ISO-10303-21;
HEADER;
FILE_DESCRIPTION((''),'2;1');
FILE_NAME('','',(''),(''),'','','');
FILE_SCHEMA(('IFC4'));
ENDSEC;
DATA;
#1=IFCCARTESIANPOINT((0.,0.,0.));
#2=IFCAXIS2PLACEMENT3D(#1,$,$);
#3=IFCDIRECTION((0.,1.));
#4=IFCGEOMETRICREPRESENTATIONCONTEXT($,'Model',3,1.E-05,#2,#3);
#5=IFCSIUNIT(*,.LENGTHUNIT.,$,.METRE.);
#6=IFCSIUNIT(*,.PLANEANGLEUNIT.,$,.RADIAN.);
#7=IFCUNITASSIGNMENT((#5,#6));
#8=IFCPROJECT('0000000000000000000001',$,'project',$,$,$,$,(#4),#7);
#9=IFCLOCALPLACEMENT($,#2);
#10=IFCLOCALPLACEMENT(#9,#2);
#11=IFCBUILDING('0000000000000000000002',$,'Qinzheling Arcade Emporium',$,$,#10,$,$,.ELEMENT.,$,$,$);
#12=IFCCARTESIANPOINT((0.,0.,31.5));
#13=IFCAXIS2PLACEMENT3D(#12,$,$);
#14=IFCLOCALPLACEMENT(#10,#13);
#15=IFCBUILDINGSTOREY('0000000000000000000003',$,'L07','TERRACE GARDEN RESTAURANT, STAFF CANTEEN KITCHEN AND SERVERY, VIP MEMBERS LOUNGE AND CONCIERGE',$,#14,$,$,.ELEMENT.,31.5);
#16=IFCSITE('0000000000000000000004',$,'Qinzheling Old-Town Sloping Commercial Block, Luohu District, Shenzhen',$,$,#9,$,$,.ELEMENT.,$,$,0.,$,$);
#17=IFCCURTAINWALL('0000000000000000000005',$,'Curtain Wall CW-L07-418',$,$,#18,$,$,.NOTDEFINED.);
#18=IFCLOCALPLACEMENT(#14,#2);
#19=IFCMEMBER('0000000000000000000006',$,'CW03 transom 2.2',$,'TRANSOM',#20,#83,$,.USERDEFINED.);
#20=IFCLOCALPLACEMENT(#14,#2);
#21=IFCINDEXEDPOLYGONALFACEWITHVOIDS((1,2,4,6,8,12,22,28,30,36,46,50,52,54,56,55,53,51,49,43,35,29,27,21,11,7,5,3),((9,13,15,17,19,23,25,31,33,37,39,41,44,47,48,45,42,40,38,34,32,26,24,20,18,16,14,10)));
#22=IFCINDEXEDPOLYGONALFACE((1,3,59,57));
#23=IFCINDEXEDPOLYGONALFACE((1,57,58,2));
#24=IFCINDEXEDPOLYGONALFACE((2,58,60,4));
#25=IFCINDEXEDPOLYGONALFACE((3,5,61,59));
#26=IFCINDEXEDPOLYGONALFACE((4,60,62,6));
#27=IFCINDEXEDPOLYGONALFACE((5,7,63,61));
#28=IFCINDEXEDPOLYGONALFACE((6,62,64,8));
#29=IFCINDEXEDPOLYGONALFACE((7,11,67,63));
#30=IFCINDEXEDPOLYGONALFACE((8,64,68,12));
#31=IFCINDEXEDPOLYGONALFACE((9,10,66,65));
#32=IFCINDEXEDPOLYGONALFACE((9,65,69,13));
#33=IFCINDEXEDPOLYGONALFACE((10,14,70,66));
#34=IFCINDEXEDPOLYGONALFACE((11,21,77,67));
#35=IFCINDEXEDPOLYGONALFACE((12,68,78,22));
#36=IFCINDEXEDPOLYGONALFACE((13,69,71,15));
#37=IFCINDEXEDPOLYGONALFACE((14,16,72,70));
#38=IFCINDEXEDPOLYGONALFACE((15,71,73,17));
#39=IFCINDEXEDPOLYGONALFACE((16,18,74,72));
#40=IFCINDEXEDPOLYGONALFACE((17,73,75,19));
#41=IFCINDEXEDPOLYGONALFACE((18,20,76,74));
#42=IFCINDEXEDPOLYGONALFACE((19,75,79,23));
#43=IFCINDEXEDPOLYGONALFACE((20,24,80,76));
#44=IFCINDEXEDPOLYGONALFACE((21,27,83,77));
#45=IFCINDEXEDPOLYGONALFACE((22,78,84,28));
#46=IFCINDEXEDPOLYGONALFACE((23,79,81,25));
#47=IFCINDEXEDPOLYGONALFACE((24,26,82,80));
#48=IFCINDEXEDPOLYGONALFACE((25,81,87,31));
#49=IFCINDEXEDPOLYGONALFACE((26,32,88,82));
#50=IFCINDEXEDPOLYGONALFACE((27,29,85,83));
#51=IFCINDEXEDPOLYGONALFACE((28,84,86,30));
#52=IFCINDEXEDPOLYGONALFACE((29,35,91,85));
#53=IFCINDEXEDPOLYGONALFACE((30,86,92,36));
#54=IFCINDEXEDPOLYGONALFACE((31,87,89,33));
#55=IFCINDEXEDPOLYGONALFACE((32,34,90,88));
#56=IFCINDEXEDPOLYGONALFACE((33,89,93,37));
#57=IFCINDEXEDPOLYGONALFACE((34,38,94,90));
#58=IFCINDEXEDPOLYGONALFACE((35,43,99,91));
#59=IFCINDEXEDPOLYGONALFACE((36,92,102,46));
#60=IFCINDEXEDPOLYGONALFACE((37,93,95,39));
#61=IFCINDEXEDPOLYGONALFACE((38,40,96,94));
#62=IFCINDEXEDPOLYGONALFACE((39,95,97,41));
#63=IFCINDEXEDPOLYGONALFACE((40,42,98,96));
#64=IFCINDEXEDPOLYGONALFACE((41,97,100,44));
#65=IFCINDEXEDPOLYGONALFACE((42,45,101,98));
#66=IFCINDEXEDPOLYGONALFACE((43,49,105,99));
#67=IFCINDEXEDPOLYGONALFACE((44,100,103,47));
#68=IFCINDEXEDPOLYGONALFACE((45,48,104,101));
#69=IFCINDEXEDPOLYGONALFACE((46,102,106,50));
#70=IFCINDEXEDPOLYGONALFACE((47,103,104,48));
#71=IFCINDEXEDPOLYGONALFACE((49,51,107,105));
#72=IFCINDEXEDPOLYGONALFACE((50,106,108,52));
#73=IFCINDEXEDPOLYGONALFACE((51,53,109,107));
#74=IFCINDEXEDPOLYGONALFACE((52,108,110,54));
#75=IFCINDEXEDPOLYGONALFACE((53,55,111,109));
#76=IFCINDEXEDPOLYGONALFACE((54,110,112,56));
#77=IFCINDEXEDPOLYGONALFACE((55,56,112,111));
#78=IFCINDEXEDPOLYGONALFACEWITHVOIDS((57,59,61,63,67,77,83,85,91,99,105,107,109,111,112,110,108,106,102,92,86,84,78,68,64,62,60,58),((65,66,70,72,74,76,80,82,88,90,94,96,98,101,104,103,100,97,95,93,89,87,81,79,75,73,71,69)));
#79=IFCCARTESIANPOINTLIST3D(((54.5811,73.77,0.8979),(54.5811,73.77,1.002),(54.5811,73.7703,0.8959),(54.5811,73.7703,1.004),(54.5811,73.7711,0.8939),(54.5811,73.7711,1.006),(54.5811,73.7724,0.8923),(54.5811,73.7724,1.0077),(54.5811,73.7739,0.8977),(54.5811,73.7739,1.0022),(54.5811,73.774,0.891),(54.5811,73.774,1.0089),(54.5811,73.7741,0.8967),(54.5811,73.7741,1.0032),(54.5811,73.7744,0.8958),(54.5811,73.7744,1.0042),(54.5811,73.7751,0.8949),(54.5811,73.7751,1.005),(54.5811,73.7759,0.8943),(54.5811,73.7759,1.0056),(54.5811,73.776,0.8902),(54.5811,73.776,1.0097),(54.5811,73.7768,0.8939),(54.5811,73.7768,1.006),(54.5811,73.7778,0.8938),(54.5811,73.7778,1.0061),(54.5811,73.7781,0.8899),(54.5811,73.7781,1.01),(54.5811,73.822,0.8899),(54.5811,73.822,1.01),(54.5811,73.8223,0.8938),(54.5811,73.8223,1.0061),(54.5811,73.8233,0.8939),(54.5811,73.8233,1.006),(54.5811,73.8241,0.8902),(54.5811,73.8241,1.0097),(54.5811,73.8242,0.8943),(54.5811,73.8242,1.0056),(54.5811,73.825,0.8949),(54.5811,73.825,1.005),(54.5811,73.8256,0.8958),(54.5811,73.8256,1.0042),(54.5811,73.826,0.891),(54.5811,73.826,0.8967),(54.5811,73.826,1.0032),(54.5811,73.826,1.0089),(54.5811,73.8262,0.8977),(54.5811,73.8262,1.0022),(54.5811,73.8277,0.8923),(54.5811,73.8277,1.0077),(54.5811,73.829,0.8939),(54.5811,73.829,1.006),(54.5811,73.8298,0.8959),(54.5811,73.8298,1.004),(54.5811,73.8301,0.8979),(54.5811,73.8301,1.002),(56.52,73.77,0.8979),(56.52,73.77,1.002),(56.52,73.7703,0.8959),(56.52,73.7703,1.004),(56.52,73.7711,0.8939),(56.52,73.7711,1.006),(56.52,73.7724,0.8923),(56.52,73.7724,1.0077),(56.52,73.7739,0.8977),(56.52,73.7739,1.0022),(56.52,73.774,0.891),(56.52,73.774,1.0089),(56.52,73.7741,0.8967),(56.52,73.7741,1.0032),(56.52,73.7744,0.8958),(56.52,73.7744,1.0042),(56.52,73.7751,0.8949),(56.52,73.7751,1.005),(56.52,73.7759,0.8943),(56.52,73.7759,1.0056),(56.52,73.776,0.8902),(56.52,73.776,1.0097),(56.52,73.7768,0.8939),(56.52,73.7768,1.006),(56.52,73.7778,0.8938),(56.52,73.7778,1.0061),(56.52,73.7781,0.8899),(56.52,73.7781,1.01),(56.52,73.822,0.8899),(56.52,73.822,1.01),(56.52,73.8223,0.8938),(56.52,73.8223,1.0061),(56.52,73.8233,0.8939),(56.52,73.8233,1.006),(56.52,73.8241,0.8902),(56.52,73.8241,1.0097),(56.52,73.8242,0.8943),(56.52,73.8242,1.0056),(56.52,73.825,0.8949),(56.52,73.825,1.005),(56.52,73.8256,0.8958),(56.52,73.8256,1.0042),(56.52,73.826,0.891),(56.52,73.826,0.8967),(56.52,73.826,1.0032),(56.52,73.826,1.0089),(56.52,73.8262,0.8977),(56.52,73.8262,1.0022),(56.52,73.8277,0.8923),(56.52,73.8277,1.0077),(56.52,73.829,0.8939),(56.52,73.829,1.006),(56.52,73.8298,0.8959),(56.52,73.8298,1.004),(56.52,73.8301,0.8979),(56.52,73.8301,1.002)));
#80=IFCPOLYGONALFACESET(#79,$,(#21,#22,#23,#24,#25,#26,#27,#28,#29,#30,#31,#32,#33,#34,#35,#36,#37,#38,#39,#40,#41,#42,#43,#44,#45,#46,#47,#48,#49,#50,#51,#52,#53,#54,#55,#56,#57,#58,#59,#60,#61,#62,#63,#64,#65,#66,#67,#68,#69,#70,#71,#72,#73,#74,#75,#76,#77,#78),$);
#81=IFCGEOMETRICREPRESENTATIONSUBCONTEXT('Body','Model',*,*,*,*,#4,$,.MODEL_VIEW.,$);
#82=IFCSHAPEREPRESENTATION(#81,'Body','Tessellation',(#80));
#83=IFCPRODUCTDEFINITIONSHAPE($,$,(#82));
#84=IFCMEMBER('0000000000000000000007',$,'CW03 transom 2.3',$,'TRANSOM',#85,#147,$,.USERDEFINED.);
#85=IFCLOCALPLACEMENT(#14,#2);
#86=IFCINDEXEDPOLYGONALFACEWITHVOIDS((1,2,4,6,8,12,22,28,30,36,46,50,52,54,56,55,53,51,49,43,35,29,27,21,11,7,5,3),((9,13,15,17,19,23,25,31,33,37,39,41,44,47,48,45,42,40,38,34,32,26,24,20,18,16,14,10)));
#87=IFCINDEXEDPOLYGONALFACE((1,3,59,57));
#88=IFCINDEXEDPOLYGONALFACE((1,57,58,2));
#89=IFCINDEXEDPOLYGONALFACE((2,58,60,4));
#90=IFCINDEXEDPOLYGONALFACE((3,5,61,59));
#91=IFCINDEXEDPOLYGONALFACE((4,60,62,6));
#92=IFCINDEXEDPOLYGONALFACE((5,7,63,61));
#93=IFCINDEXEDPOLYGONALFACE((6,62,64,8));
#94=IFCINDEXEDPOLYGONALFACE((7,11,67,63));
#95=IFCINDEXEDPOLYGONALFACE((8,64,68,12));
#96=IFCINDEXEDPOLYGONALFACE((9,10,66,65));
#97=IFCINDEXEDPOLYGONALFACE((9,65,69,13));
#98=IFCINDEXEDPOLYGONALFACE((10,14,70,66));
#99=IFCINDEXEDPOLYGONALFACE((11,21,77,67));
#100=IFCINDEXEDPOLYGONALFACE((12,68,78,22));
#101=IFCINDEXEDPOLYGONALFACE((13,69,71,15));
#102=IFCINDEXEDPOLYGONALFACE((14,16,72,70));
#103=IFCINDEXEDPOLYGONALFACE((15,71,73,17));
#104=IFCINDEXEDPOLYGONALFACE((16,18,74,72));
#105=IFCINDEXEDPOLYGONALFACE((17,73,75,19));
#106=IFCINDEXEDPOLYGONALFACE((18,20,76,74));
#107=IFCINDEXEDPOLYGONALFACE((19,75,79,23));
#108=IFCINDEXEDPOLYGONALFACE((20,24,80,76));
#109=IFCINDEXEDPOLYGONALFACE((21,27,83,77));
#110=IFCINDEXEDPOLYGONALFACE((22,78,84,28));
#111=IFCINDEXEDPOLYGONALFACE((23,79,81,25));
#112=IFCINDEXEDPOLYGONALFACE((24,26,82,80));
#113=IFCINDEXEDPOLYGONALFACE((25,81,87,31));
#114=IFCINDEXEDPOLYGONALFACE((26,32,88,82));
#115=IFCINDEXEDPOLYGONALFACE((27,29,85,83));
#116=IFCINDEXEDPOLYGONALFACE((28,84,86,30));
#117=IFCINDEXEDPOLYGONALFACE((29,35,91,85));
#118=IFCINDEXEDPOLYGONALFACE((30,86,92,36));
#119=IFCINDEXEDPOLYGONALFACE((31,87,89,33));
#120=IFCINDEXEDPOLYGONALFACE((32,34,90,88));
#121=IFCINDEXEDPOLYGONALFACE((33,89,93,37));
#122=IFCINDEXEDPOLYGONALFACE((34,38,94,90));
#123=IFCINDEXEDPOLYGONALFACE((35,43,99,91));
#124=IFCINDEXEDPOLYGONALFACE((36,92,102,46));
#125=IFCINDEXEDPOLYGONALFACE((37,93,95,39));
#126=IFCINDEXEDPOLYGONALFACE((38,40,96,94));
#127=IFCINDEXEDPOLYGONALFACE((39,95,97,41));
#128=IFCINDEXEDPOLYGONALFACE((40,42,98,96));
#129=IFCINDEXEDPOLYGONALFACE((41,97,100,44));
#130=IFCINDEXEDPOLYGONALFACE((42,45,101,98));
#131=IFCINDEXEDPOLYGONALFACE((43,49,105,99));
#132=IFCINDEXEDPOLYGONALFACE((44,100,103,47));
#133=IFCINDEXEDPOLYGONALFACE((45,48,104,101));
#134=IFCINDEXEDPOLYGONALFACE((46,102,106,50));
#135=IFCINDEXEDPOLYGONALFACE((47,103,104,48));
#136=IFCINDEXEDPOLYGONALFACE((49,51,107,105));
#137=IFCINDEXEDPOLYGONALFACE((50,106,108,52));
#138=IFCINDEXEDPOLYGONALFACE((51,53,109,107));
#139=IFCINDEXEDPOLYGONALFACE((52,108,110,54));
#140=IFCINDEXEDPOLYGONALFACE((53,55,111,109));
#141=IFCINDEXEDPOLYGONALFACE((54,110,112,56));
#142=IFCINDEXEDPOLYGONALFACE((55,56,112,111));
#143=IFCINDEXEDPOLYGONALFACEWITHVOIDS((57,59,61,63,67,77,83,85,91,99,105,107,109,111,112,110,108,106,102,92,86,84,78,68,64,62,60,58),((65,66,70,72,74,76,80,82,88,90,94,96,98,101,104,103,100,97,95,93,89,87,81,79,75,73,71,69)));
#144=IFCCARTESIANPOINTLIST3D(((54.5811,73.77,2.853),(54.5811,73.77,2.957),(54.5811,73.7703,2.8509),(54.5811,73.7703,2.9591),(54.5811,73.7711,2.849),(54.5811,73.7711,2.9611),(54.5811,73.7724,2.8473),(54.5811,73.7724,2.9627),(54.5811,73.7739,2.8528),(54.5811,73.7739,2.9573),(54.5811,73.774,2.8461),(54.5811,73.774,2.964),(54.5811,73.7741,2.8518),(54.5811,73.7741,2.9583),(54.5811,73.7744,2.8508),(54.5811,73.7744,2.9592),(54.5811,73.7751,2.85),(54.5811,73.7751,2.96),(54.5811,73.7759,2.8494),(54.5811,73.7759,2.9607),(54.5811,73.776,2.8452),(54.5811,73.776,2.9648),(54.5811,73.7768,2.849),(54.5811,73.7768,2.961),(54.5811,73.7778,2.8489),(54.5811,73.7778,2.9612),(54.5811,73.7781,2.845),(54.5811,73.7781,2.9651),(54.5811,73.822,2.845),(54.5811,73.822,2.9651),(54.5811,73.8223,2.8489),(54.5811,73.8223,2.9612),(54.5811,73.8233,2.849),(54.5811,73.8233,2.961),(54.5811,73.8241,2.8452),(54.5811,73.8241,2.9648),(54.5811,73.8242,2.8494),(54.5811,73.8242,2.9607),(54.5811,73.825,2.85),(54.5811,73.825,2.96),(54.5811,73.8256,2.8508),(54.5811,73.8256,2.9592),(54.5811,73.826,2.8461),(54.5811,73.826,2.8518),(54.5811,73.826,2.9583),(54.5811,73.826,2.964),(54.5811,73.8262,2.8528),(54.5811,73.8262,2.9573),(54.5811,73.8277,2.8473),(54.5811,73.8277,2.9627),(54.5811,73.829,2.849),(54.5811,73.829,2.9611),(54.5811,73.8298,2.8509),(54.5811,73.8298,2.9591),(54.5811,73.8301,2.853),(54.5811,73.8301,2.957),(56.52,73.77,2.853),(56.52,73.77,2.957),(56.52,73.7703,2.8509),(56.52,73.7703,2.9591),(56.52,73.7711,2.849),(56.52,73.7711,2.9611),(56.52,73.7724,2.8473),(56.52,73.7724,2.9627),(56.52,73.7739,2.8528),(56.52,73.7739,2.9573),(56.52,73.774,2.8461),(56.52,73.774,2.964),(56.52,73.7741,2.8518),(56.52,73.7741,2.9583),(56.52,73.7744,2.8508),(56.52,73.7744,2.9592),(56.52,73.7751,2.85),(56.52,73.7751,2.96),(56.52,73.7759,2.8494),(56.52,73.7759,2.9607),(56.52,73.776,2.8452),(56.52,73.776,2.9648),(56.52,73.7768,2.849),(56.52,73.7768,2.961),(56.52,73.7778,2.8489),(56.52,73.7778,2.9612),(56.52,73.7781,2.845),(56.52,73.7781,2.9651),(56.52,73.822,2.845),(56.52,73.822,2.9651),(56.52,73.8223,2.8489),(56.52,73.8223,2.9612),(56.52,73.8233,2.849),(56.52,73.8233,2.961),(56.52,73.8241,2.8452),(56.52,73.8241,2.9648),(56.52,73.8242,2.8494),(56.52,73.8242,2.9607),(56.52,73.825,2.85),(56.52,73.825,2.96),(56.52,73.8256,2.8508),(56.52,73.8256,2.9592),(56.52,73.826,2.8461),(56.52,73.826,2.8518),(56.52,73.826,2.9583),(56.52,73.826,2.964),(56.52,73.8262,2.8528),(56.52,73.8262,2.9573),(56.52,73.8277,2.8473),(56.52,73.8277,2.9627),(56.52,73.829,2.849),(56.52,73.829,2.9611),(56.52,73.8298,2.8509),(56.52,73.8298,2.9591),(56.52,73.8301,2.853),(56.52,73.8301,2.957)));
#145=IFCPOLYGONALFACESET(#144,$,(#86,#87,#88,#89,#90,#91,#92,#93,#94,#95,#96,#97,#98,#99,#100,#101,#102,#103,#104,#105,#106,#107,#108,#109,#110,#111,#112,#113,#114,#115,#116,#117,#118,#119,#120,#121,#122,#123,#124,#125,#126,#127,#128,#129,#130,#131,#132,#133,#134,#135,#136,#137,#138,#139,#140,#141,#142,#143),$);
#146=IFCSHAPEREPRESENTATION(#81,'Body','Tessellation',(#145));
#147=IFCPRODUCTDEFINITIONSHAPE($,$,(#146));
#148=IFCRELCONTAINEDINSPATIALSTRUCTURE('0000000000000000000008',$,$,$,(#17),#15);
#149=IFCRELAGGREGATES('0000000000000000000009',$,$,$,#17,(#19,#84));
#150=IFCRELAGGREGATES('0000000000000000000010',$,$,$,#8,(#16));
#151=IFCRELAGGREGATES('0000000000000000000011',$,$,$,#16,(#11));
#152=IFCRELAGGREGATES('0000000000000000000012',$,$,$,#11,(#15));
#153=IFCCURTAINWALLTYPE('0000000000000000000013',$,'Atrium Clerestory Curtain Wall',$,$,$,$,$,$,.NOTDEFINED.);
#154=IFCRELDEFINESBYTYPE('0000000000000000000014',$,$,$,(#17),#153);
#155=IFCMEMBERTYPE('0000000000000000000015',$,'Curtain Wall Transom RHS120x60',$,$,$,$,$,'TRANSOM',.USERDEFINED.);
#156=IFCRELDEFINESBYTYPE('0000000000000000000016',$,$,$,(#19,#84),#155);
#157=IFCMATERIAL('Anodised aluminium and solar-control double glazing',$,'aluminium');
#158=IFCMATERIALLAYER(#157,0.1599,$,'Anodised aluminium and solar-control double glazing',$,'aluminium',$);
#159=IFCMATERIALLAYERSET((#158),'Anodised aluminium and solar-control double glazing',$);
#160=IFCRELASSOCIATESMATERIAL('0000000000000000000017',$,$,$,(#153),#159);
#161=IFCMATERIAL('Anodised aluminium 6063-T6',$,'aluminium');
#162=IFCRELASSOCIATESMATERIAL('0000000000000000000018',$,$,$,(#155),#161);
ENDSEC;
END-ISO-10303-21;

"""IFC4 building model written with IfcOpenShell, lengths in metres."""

from ifc_helpers import new_model, si_unit, direction, frame, origin, origin_2d, place, context, subcontext, project, spatial, hollow_rectangle, extrude, material, layer, layer_set, material_profile, profile_set, type_object, element, aggregate, save


model = new_model("IFC4")

# Units and contexts
model_context = context("Model", 3, precision=1e-05, world=origin(), true_north=direction((0.0, 1.0)))
body_context = subcontext(model_context, "Body", "Model", "MODEL_VIEW")
ifc_project = project(units=[si_unit("LENGTHUNIT", "METRE"), si_unit("PLANEANGLEUNIT", "RADIAN")], contexts=[model_context])

# Site, building, storey
site_placement = place(None, origin())
site = spatial("IfcSite", under=ifc_project, at=site_placement, Name="Qinzheling Old-Town Sloping Commercial Block, Luohu District, Shenzhen", CompositionType="ELEMENT", RefElevation=0.0)
building_placement = place(site_placement, origin())
building = spatial("IfcBuilding", under=site, at=building_placement, Name="Qinzheling Arcade Emporium", CompositionType="ELEMENT")
storey_placement = place(building_placement, frame((0.0, 0.0, 31.5)))
storey = spatial("IfcBuildingStorey", under=building, at=storey_placement, Name="L07", Description="TERRACE GARDEN RESTAURANT, STAFF CANTEEN KITCHEN AND SERVERY, VIP MEMBERS LOUNGE AND CONCIERGE", CompositionType="ELEMENT", Elevation=31.5)

# Curtain wall, members
ifc_material_1 = material(Name="Anodised aluminium and solar-control double glazing", Category="aluminium")
ifc_layer_1 = layer(ifc_material_1, 0.1599, Name="Anodised aluminium and solar-control double glazing", Category="aluminium")
ifc_layer_set_1 = layer_set([ifc_layer_1], Name="Anodised aluminium and solar-control double glazing")
curtain_wall_type = type_object("IfcCurtainWallType", Name="Atrium Clerestory Curtain Wall", PredefinedType="NOTDEFINED", material=ifc_layer_set_1)
curtain_wall_placement = place(storey_placement, origin())
curtain_wall = element("IfcCurtainWall", 1, at=curtain_wall_placement, inside=storey, type_object=curtain_wall_type, Name="Curtain Wall CW-L07-418", PredefinedType="NOTDEFINED")
ifc_material_2 = material(Name="Anodised aluminium 6063-T6", Category="aluminium")
ifc_material_profile_1 = material_profile(ifc_material_2, hollow_rectangle(XDim=0.0601, YDim=0.1201, WallThickness=0.0039, InnerFilletRadius=0.0039, OuterFilletRadius=0.0081, at=origin_2d()), Name="RHS 120x60x4", Category="aluminium")
ifc_profile_set_1 = profile_set([ifc_material_profile_1], Name="Anodised aluminium 6063-T6")
member_type_1 = type_object("IfcMemberType", Name="Curtain Wall Transom RHS120x60", ElementType="TRANSOM", PredefinedType="USERDEFINED", material=ifc_profile_set_1)
member_1_placement = place(storey_placement, frame((54.5811, 73.8, 0.95), z_axis=(1.0, 0.0, 0.0), x_axis=(0.0, 1.0, 0.0)))
member_1 = element("IfcMember", 2, at=member_1_placement, type_object=member_type_1, Name="CW03 transom 2.2", ObjectType="TRANSOM", PredefinedType="USERDEFINED", context=body_context, shape_type="SweptSolid", body=[
    extrude(hollow_rectangle(XDim=0.0601, YDim=0.1201, WallThickness=0.0039, InnerFilletRadius=0.0039, OuterFilletRadius=0.0081, at=origin_2d()), origin(), (0.0, 0.0, 1.0), 1.939),
])
member_2_placement = place(storey_placement, frame((54.5811, 73.8, 2.905), z_axis=(1.0, 0.0, 0.0), x_axis=(0.0, 1.0, 0.0)))
member_2 = element("IfcMember", 3, at=member_2_placement, type_object=member_type_1, Name="CW03 transom 2.3", ObjectType="TRANSOM", PredefinedType="USERDEFINED", context=body_context, shape_type="SweptSolid", body=[
    extrude(hollow_rectangle(XDim=0.0601, YDim=0.1201, WallThickness=0.0039, InnerFilletRadius=0.0039, OuterFilletRadius=0.0081, at=origin_2d()), origin(), (0.0, 0.0, 1.0), 1.939),
])

aggregate(curtain_wall, [member_1, member_2])

save(model, "model.ifc")
